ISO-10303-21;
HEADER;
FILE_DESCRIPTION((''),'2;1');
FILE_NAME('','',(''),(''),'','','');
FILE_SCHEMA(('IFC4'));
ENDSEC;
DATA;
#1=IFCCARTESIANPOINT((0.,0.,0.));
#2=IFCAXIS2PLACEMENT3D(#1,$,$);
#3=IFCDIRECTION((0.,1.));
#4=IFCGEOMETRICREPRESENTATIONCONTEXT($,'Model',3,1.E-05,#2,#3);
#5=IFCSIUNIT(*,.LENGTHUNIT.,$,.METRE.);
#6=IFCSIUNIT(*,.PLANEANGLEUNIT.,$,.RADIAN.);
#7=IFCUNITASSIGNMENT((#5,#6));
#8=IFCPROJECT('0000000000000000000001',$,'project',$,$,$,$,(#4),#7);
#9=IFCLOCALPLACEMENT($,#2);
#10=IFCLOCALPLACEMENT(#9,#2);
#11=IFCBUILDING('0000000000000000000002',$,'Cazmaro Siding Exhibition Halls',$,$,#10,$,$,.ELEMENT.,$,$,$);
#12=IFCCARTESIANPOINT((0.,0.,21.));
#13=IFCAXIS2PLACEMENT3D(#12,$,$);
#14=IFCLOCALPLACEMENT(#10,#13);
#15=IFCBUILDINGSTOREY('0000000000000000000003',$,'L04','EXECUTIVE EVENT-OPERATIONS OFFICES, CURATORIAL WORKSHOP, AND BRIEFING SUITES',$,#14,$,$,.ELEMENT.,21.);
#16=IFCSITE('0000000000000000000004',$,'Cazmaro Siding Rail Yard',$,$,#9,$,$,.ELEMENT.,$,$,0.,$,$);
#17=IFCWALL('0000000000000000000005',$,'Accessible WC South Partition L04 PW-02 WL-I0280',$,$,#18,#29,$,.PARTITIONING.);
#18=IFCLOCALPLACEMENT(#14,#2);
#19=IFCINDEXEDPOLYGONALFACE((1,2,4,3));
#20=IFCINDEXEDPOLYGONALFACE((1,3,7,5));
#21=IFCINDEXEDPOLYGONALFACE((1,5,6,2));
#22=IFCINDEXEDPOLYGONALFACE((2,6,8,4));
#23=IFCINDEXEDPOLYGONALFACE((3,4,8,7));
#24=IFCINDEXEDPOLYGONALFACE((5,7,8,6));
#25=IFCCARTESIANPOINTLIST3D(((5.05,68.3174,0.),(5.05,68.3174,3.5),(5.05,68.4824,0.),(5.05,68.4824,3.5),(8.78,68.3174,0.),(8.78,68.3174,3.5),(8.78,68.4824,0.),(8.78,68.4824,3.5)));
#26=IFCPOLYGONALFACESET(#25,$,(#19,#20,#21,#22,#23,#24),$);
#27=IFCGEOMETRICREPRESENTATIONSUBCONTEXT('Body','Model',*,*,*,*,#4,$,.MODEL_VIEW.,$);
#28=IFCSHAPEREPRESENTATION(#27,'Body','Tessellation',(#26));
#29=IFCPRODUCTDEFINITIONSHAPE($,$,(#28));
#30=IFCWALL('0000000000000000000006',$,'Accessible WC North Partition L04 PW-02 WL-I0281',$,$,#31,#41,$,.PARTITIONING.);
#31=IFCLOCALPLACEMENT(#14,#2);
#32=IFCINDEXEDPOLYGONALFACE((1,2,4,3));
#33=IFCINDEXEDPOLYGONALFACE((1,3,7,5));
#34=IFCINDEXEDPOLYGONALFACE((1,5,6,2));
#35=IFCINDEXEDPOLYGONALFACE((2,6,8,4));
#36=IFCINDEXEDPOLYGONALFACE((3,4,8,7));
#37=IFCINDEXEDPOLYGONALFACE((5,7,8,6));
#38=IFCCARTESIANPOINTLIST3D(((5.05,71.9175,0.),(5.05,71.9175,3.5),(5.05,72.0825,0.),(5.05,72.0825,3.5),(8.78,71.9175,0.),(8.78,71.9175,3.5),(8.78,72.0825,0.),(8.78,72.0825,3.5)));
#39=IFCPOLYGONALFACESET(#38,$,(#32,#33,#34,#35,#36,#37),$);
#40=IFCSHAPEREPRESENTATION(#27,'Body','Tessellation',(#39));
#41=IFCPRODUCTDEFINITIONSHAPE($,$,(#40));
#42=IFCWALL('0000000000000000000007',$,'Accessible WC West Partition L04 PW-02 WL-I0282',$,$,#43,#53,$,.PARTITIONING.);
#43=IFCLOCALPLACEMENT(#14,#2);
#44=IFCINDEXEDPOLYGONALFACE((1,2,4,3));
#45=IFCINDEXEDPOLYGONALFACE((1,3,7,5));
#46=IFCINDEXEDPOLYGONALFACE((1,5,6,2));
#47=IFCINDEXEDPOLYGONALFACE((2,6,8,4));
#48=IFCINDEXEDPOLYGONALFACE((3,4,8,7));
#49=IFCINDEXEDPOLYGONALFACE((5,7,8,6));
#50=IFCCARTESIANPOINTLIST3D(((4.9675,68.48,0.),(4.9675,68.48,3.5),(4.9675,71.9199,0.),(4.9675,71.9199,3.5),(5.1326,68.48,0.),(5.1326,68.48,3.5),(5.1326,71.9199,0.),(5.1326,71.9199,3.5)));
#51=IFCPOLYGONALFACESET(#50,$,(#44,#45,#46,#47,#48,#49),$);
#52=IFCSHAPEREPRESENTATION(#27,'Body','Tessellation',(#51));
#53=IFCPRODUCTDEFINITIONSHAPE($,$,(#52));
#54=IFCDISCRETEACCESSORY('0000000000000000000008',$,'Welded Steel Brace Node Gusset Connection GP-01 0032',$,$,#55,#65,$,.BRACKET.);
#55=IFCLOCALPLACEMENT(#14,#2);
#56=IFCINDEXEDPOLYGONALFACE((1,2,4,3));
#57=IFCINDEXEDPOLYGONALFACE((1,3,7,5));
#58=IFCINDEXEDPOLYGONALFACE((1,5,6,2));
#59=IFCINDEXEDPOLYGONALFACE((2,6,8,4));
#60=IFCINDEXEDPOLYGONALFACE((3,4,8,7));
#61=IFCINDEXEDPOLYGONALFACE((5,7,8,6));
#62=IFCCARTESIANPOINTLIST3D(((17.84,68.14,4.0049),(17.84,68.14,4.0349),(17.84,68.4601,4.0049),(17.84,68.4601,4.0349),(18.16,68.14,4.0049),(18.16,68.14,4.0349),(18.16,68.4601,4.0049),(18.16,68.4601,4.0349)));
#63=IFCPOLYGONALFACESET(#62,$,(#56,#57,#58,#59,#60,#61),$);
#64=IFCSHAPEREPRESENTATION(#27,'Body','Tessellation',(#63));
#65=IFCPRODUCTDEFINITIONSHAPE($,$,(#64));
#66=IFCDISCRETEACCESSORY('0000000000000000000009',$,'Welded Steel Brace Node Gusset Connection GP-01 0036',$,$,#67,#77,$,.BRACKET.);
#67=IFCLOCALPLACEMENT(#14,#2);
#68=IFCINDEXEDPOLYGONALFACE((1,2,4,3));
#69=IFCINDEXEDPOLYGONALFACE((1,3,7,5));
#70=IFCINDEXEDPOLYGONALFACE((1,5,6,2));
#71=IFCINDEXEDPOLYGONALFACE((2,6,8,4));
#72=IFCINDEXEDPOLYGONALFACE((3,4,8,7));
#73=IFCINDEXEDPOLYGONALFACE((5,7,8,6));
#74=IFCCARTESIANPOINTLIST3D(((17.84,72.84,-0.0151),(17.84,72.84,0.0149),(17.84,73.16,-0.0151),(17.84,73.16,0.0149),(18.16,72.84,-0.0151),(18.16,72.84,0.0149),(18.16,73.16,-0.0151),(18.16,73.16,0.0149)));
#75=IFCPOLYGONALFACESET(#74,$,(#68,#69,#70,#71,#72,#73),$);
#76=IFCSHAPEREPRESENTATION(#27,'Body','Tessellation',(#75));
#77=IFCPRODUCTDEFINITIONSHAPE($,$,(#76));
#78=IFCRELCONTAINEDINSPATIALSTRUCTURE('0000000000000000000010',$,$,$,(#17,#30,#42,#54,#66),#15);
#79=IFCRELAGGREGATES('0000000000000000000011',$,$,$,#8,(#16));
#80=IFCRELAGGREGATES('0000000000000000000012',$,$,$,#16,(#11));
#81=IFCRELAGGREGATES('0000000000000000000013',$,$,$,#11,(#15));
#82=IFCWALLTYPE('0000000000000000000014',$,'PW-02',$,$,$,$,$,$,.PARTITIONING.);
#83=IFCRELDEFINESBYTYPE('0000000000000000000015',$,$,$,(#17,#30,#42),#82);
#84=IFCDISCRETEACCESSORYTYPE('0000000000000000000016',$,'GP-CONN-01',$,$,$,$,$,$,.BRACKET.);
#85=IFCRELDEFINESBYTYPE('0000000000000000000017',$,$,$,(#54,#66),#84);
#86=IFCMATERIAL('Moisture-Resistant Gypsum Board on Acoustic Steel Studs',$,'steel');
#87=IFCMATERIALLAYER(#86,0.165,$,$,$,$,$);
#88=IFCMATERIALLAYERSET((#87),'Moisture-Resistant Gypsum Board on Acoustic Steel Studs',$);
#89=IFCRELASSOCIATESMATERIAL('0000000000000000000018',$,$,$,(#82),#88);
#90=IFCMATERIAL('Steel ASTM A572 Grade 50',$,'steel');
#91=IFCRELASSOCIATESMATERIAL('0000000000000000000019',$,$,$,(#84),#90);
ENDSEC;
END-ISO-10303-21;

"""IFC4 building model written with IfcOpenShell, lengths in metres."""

from ifc_helpers import new_model, si_unit, direction, frame, frame_2d, origin, origin_2d, place, context, subcontext, project, spatial, rectangle, extrude, material, layer, layer_set, type_object, element, save


model = new_model("IFC4")

# Units and contexts
model_context = context("Model", 3, precision=1e-05, world=origin(), true_north=direction((0.0, 1.0)))
body_context = subcontext(model_context, "Body", "Model", "MODEL_VIEW")
ifc_project = project(units=[si_unit("LENGTHUNIT", "METRE"), si_unit("PLANEANGLEUNIT", "RADIAN")], contexts=[model_context])

# Site, building, storey
site_placement = place(None, origin())
site = spatial("IfcSite", under=ifc_project, at=site_placement, Name="Cazmaro Siding Rail Yard", CompositionType="ELEMENT", RefElevation=0.0)
building_placement = place(site_placement, origin())
building = spatial("IfcBuilding", under=site, at=building_placement, Name="Cazmaro Siding Exhibition Halls", CompositionType="ELEMENT")
storey_placement = place(building_placement, frame((0.0, 0.0, 21.0)))
storey = spatial("IfcBuildingStorey", under=building, at=storey_placement, Name="L04", Description="EXECUTIVE EVENT-OPERATIONS OFFICES, CURATORIAL WORKSHOP, AND BRIEFING SUITES", CompositionType="ELEMENT", Elevation=21.0)

# Walls
ifc_material_1 = material(Name="Moisture-Resistant Gypsum Board on Acoustic Steel Studs", Category="steel")
ifc_layer_1 = layer(ifc_material_1, 0.165)
ifc_layer_set_1 = layer_set([ifc_layer_1], Name="Moisture-Resistant Gypsum Board on Acoustic Steel Studs")
wall_type_1 = type_object("IfcWallType", Name="PW-02", PredefinedType="PARTITIONING", material=ifc_layer_set_1)
for number, where, z_axis, x_axis, name in (
    (1, (5.05, 68.3999, 0.0), (0.0, 0.0, 1.0), (1.0, 0.0, 0.0), "Accessible WC South Partition L04 PW-02 WL-I0280"),
    (2, (5.05, 72.0, 0.0), (0.0, 0.0, 1.0), (1.0, 0.0, 0.0), "Accessible WC North Partition L04 PW-02 WL-I0281"),
):
    element("IfcWall", number, at=place(storey_placement, frame(where, z_axis=z_axis, x_axis=x_axis)), inside=storey, type_object=wall_type_1, Name=name, PredefinedType="PARTITIONING", context=body_context, shape_type="SweptSolid", body=[
        extrude(rectangle(XDim=3.73, YDim=0.165, at=frame_2d((1.865, 0.0))), origin(), (0.0, 0.0, 1.0), 3.5),
    ])
wall_1_placement = place(storey_placement, frame((5.05, 68.48, 0.0), z_axis=(0.0, 0.0, 1.0), x_axis=(0.0, 1.0, 0.0)))
element("IfcWall", 3, at=wall_1_placement, inside=storey, type_object=wall_type_1, Name="Accessible WC West Partition L04 PW-02 WL-I0282", PredefinedType="PARTITIONING", context=body_context, shape_type="SweptSolid", body=[
    extrude(rectangle(XDim=3.4399, YDim=0.165, at=frame_2d((1.72, 0.0))), origin(), (0.0, 0.0, 1.0), 3.5),
])

# Discrete accessories
ifc_material_2 = material(Name="Steel ASTM A572 Grade 50", Category="steel")
discrete_accessory_type = type_object("IfcDiscreteAccessoryType", Name="GP-CONN-01", PredefinedType="BRACKET", material=ifc_material_2)
for number, where, z_axis, x_axis, name in (
    (4, (18.0, 68.3, 4.0049), (0.0, 0.0, 1.0), (1.0, 0.0, 0.0), "Welded Steel Brace Node Gusset Connection GP-01 0032"),
    (5, (18.0, 73.0, -0.0151), (0.0, 0.0, 1.0), (1.0, 0.0, 0.0), "Welded Steel Brace Node Gusset Connection GP-01 0036"),
):
    element("IfcDiscreteAccessory", number, at=place(storey_placement, frame(where, z_axis=z_axis, x_axis=x_axis)), inside=storey, type_object=discrete_accessory_type, Name=name, PredefinedType="BRACKET", context=body_context, shape_type="SweptSolid", body=[
        extrude(rectangle(XDim=0.3201, YDim=0.3201, at=origin_2d()), origin(), (0.0, 0.0, 1.0), 0.03),
    ])

save(model, "model.ifc")
